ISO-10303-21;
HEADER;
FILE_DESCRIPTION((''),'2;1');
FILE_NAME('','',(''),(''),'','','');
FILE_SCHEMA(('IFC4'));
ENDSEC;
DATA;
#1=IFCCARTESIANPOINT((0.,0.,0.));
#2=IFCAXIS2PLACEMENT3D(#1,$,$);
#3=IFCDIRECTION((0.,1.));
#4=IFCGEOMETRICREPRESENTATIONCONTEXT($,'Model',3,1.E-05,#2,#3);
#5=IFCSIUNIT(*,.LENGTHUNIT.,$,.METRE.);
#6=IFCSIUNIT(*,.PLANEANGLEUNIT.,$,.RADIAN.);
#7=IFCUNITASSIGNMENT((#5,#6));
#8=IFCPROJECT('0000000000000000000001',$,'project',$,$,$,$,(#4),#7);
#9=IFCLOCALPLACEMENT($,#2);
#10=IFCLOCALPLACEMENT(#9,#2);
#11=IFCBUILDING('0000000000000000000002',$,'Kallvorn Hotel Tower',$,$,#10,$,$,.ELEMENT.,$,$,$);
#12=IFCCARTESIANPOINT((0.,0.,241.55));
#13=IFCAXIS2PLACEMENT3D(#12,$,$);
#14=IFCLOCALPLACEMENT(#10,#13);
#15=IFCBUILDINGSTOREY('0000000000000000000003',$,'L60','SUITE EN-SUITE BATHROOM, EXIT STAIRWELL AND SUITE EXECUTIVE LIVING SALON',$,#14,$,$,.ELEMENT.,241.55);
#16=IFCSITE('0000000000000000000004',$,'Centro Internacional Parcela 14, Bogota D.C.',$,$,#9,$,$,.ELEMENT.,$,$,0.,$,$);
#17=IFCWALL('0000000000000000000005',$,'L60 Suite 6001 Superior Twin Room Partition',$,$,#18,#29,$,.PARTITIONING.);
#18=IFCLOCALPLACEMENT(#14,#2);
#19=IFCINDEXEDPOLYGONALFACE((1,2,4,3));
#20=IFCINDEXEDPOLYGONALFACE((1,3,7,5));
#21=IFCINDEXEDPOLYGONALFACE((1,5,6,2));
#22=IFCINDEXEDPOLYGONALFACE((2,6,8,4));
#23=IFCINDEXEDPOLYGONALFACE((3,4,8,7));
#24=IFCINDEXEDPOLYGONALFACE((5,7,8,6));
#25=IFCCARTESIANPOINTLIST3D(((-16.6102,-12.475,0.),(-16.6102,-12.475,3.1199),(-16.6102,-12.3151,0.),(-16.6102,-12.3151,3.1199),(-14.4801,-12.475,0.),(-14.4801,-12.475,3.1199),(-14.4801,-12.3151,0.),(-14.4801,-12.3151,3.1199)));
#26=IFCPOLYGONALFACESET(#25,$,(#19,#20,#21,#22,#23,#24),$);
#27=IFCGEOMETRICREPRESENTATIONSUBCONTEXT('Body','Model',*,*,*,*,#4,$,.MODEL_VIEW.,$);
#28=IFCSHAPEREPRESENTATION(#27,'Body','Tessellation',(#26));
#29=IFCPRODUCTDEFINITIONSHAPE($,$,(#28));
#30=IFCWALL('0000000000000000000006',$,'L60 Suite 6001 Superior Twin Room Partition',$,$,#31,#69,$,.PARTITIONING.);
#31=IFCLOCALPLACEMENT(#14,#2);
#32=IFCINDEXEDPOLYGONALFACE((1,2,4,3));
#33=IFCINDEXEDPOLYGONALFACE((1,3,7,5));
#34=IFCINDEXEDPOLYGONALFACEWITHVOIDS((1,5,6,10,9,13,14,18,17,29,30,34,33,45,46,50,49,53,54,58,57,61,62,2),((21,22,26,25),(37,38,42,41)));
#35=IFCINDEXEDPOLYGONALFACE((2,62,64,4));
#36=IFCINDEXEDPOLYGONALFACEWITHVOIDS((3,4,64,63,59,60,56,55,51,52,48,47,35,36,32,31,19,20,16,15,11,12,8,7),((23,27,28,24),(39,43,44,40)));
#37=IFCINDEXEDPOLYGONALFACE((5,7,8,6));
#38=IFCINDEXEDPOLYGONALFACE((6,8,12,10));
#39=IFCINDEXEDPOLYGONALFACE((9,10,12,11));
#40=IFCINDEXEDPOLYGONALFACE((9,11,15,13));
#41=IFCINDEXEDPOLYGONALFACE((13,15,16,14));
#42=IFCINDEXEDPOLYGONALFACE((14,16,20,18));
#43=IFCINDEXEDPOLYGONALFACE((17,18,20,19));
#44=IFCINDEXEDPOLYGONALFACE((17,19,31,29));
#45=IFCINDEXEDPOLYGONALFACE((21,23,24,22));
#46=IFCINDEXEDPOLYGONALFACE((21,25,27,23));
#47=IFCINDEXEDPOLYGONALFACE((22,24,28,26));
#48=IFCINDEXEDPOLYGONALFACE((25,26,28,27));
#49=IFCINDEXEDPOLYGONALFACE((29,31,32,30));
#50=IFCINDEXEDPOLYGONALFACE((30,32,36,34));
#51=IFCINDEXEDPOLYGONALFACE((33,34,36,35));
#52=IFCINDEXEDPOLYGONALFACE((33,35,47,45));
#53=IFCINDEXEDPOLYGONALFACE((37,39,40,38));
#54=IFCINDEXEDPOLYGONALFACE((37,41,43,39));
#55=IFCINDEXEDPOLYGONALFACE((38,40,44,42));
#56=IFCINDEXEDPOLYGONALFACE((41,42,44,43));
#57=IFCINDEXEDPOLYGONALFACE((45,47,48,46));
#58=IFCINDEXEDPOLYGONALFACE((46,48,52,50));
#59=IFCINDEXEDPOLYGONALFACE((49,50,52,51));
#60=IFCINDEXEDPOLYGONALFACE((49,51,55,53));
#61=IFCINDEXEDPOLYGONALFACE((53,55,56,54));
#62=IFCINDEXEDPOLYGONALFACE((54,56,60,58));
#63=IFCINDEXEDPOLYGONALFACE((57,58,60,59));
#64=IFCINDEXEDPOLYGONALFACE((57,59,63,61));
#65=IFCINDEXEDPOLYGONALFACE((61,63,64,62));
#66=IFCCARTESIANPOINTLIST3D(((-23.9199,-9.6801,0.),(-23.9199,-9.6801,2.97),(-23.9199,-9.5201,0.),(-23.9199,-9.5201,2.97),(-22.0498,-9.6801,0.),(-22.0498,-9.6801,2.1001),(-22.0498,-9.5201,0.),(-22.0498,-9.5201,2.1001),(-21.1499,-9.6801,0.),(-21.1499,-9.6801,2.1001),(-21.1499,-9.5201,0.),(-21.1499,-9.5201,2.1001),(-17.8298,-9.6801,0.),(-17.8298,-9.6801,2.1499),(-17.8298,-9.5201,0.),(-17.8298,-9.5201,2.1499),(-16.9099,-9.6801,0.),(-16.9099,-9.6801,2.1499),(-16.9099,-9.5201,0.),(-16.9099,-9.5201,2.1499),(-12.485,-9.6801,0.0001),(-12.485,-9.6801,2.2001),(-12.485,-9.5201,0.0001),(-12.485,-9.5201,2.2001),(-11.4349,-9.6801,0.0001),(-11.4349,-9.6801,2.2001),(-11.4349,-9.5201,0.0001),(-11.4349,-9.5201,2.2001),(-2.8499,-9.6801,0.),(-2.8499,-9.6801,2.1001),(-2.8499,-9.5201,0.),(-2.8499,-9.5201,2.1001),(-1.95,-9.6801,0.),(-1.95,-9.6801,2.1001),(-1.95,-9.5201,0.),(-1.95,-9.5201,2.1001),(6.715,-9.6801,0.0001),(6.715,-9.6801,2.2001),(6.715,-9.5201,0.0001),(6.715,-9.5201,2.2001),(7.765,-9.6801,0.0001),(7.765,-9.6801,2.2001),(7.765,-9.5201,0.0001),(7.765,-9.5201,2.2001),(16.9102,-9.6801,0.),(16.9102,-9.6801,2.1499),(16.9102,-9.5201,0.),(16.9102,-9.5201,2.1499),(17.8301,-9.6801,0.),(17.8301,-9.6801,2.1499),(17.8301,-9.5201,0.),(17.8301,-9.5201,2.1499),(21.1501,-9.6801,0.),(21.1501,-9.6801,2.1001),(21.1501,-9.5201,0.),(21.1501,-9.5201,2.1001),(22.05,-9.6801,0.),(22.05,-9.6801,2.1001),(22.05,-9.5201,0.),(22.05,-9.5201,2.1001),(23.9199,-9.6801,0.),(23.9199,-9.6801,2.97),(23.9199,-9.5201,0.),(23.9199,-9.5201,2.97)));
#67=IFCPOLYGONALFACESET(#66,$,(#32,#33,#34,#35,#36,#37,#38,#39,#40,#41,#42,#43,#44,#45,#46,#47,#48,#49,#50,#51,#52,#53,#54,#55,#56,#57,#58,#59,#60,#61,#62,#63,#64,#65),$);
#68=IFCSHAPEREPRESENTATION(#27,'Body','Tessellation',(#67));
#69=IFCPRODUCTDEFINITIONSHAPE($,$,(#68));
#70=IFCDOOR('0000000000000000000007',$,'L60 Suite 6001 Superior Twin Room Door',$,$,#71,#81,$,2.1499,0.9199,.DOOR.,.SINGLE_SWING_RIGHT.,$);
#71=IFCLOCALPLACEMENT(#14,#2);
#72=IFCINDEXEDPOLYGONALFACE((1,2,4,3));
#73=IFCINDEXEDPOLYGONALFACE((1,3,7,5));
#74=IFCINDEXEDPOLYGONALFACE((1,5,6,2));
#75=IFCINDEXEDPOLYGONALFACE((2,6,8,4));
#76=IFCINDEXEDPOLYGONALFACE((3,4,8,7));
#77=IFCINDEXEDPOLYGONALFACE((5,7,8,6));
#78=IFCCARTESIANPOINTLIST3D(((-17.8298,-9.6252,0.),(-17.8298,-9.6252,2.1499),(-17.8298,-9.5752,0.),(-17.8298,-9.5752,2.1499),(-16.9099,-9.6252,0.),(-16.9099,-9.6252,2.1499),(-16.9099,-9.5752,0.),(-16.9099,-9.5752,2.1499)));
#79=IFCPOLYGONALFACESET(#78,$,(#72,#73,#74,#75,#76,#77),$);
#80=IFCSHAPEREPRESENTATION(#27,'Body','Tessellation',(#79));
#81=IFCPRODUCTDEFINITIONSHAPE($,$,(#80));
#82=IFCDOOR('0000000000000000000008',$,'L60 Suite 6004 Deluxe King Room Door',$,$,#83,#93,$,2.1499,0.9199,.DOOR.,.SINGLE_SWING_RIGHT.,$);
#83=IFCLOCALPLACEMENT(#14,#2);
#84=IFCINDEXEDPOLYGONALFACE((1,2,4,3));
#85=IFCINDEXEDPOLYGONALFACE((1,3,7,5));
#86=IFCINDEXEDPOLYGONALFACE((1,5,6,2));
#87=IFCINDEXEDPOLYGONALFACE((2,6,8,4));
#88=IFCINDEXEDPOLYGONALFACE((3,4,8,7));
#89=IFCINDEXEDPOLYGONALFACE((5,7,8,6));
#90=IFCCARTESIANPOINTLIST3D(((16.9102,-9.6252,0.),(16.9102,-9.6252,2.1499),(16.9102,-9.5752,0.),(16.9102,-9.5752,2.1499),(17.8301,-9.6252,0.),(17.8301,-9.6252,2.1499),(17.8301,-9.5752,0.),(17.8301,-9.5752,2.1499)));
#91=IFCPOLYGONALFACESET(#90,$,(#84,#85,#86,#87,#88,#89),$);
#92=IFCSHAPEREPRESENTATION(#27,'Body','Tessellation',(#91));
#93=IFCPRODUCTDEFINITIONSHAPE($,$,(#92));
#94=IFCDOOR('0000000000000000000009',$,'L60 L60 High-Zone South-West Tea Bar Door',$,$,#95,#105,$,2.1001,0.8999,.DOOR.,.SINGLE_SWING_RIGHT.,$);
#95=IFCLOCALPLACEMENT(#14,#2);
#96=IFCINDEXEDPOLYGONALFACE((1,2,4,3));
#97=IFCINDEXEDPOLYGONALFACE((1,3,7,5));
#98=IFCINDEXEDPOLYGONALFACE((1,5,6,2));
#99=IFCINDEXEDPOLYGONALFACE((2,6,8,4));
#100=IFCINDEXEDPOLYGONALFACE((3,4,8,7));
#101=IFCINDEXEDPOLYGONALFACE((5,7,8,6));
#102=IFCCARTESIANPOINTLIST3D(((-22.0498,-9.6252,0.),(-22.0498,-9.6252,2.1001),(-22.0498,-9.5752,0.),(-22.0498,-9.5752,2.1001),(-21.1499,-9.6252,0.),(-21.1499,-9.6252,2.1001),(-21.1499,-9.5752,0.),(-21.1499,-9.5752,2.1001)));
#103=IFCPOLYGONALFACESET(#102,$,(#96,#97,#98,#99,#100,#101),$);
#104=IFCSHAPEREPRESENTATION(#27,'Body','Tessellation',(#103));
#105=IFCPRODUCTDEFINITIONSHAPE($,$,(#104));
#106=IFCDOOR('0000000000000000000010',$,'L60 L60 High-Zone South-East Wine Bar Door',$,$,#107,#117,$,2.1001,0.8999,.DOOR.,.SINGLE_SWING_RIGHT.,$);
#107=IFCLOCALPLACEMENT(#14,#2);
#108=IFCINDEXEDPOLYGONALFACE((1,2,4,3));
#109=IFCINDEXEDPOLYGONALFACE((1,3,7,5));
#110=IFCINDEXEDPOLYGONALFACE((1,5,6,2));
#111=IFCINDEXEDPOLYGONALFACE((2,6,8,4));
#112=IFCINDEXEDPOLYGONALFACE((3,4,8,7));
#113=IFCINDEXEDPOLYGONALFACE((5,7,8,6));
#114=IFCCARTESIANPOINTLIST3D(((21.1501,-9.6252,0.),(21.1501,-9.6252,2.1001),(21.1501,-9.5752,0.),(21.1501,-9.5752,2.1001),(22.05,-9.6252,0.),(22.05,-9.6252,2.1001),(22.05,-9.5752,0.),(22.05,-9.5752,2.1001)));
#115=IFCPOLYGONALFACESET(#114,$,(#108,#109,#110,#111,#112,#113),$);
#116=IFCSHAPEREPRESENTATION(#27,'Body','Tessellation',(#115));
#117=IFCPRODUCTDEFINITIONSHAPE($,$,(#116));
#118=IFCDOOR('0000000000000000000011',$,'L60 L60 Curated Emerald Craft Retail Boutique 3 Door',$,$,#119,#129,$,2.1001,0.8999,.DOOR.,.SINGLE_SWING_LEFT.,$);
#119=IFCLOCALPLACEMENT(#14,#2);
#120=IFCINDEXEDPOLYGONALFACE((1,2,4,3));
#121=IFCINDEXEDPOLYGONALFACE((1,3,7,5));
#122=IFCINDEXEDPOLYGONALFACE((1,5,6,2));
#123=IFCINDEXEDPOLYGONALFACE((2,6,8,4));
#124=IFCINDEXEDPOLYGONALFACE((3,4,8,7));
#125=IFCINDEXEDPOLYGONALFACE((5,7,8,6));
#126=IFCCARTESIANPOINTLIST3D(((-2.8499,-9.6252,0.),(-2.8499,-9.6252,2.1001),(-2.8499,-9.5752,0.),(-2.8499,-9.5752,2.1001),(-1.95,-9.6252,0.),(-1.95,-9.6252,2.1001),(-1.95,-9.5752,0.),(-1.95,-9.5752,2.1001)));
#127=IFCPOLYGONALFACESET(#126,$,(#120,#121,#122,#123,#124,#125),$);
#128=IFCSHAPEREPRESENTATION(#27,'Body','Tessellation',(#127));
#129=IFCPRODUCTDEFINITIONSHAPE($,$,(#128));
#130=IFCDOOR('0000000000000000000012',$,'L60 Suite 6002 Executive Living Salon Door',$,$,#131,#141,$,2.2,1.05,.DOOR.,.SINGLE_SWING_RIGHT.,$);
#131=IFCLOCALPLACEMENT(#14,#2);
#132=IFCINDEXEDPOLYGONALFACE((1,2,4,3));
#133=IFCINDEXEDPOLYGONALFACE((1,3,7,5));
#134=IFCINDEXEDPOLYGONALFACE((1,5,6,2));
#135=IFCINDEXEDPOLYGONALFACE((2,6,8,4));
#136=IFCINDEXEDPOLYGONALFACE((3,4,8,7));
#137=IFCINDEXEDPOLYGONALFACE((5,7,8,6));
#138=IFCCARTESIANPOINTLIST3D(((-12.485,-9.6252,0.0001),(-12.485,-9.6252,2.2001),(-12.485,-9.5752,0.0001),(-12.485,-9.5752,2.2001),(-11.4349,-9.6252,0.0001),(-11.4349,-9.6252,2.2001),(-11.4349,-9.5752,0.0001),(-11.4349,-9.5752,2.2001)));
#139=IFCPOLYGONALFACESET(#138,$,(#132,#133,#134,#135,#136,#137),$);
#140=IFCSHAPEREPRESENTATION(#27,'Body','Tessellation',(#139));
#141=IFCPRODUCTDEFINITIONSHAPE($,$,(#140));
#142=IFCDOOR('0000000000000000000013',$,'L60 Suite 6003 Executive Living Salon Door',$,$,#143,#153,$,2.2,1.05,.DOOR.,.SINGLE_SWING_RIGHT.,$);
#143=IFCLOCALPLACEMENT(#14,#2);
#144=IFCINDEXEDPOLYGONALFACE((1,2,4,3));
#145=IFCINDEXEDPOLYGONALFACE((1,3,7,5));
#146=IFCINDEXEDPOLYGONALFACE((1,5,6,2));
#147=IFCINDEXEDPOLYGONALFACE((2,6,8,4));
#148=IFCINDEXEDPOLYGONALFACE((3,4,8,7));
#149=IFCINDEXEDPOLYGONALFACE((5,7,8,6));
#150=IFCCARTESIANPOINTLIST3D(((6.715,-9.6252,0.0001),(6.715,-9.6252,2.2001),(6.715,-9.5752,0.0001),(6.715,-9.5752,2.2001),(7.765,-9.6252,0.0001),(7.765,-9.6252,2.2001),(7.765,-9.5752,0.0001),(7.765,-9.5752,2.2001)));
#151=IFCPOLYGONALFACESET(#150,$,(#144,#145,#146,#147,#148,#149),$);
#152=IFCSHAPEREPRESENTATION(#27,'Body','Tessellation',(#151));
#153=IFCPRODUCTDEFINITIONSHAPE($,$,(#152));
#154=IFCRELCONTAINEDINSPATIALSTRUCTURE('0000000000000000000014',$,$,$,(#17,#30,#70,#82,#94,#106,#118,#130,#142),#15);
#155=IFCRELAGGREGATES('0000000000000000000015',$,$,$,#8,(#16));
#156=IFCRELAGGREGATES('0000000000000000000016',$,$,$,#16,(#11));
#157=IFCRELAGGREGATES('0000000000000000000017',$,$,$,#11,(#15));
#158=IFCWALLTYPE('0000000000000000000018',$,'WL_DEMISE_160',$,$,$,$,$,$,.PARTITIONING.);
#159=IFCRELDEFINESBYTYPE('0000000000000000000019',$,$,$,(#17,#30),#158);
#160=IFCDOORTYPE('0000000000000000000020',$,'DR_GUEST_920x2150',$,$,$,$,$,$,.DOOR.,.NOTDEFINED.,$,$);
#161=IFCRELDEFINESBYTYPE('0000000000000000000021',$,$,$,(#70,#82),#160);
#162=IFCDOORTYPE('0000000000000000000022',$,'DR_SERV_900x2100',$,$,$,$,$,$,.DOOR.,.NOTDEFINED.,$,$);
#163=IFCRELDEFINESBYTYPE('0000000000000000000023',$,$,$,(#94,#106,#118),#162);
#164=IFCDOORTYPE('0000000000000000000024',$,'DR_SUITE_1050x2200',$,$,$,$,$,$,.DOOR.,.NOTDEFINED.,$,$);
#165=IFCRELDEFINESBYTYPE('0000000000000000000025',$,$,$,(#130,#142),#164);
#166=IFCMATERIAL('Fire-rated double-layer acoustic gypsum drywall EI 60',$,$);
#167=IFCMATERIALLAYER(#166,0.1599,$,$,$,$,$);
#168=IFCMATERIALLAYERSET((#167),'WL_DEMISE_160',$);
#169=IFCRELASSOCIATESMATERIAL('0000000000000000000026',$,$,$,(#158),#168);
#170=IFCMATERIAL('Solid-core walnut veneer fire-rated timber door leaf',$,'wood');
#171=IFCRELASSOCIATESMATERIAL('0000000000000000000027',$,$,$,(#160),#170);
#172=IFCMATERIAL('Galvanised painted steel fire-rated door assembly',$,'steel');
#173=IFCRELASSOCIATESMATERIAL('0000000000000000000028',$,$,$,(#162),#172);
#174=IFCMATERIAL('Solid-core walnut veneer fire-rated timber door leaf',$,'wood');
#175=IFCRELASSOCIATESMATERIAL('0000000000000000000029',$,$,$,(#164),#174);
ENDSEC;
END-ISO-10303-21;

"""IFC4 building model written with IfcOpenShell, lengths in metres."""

from ifc_helpers import new_model, si_unit, direction, frame, frame_2d, origin, place, context, subcontext, project, spatial, rectangle, extrude, material, layer, layer_set, type_object, element, fill, save


model = new_model("IFC4")

# Units and contexts
model_context = context("Model", 3, precision=1e-05, world=origin(), true_north=direction((0.0, 1.0)))
body_context = subcontext(model_context, "Body", "Model", "MODEL_VIEW")
ifc_project = project(units=[si_unit("LENGTHUNIT", "METRE"), si_unit("PLANEANGLEUNIT", "RADIAN")], contexts=[model_context])

# Site, building, storey
site_placement = place(None, origin())
site = spatial("IfcSite", under=ifc_project, at=site_placement, Name="Centro Internacional Parcela 14, Bogota D.C.", CompositionType="ELEMENT", RefElevation=0.0)
building_placement = place(site_placement, origin())
building = spatial("IfcBuilding", under=site, at=building_placement, Name="Kallvorn Hotel Tower", CompositionType="ELEMENT")
storey_placement = place(building_placement, frame((0.0, 0.0, 241.55)))
storey = spatial("IfcBuildingStorey", under=building, at=storey_placement, Name="L60", Description="SUITE EN-SUITE BATHROOM, EXIT STAIRWELL AND SUITE EXECUTIVE LIVING SALON", CompositionType="ELEMENT", Elevation=241.55)

# Wall
ifc_material_1 = material(Name="Fire-rated double-layer acoustic gypsum drywall EI 60")
ifc_layer = layer(ifc_material_1, 0.1599)
ifc_layer_set = layer_set([ifc_layer], Name="WL_DEMISE_160")
wall_type = type_object("IfcWallType", Name="WL_DEMISE_160", PredefinedType="PARTITIONING", material=ifc_layer_set)
wall_1_placement = place(storey_placement, frame((-16.6101, -12.395, 0.0), z_axis=(0.0, 0.0, 1.0), x_axis=(1.0, 0.0, 0.0)))
element("IfcWall", 1, at=wall_1_placement, inside=storey, type_object=wall_type, Name="L60 Suite 6001 Superior Twin Room Partition", PredefinedType="PARTITIONING", context=body_context, shape_type="SweptSolid", body=[
    extrude(rectangle(XDim=2.1301, YDim=0.1599, at=frame_2d((1.0649, 0.0))), origin(), (0.0, 0.0, 1.0), 3.1199),
])

# Wall, openings, doors
wall_2_placement = place(storey_placement, frame((-23.9199, -9.6001, 0.0), z_axis=(0.0, 0.0, 1.0), x_axis=(1.0, 0.0, 0.0)))
wall_2 = element("IfcWall", 2, at=wall_2_placement, inside=storey, type_object=wall_type, Name="L60 Suite 6001 Superior Twin Room Partition", PredefinedType="PARTITIONING", context=body_context, shape_type="SweptSolid", body=[
    extrude(rectangle(XDim=47.8398, YDim=0.1599, at=frame_2d((23.9199, 0.0))), origin(), (0.0, 0.0, 1.0), 2.97),
])
opening_1_placement = place(wall_2_placement, frame((1.8701, 0.0, 0.0)))
opening_1 = element("IfcOpeningElement", 3, at=opening_1_placement, cuts=wall_2, PredefinedType="OPENING", context=body_context, shape_type="SweptSolid", body=[
    extrude(rectangle(XDim=0.8999, YDim=2.1001, at=frame_2d((0.45, 1.05))), frame((0.0, 0.095, 0.0), z_axis=(0.0, -1.0, 0.0), x_axis=(1.0, 0.0, 0.0)), (0.0, 0.0, 1.0), 0.1899),
])
opening_2_placement = place(wall_2_placement, frame((45.0701, 0.0, 0.0)))
opening_2 = element("IfcOpeningElement", 4, at=opening_2_placement, cuts=wall_2, PredefinedType="OPENING", context=body_context, shape_type="SweptSolid", body=[
    extrude(rectangle(XDim=0.8999, YDim=2.1001, at=frame_2d((0.45, 1.05))), frame((0.0, 0.095, 0.0), z_axis=(0.0, -1.0, 0.0), x_axis=(1.0, 0.0, 0.0)), (0.0, 0.0, 1.0), 0.1899),
])
opening_3_placement = place(wall_2_placement, frame((6.0901, 0.0, 0.0)))
opening_3 = element("IfcOpeningElement", 5, at=opening_3_placement, cuts=wall_2, PredefinedType="OPENING", context=body_context, shape_type="SweptSolid", body=[
    extrude(rectangle(XDim=0.9199, YDim=2.1499, at=frame_2d((0.46, 1.075))), frame((0.0, 0.095, 0.0), z_axis=(0.0, -1.0, 0.0), x_axis=(1.0, 0.0, 0.0)), (0.0, 0.0, 1.0), 0.1899),
])
opening_4_placement = place(wall_2_placement, frame((11.4351, 0.0, 0.0)))
opening_4 = element("IfcOpeningElement", 6, at=opening_4_placement, cuts=wall_2, PredefinedType="OPENING", context=body_context, shape_type="SweptSolid", body=[
    extrude(rectangle(XDim=1.05, YDim=2.2, at=frame_2d((0.5249, 1.1001))), frame((0.0, 0.095, 0.0), z_axis=(0.0, -1.0, 0.0), x_axis=(1.0, 0.0, 0.0)), (0.0, 0.0, 1.0), 0.1899),
])
opening_5_placement = place(wall_2_placement, frame((21.0701, 0.0, 0.0)))
opening_5 = element("IfcOpeningElement", 7, at=opening_5_placement, cuts=wall_2, PredefinedType="OPENING", context=body_context, shape_type="SweptSolid", body=[
    extrude(rectangle(XDim=0.8999, YDim=2.1001, at=frame_2d((0.45, 1.05))), frame((0.0, 0.095, 0.0), z_axis=(0.0, -1.0, 0.0), x_axis=(1.0, 0.0, 0.0)), (0.0, 0.0, 1.0), 0.1899),
])
opening_6_placement = place(wall_2_placement, frame((30.635, 0.0, 0.0)))
opening_6 = element("IfcOpeningElement", 8, at=opening_6_placement, cuts=wall_2, PredefinedType="OPENING", context=body_context, shape_type="SweptSolid", body=[
    extrude(rectangle(XDim=1.05, YDim=2.2, at=frame_2d((0.5249, 1.1001))), frame((0.0, 0.095, 0.0), z_axis=(0.0, -1.0, 0.0), x_axis=(1.0, 0.0, 0.0)), (0.0, 0.0, 1.0), 0.1899),
])
opening_7_placement = place(wall_2_placement, frame((40.8301, 0.0, 0.0)))
opening_7 = element("IfcOpeningElement", 9, at=opening_7_placement, cuts=wall_2, PredefinedType="OPENING", context=body_context, shape_type="SweptSolid", body=[
    extrude(rectangle(XDim=0.9199, YDim=2.1499, at=frame_2d((0.46, 1.075))), frame((0.0, 0.095, 0.0), z_axis=(0.0, -1.0, 0.0), x_axis=(1.0, 0.0, 0.0)), (0.0, 0.0, 1.0), 0.1899),
])
ifc_material_2 = material(Name="Solid-core walnut veneer fire-rated timber door leaf", Category="wood")
door_type_1 = type_object("IfcDoorType", Name="DR_GUEST_920x2150", OperationType="NOTDEFINED", PredefinedType="DOOR", material=ifc_material_2)
door_1_placement = place(opening_3_placement, origin())
door_1 = element("IfcDoor", 10, at=door_1_placement, inside=storey, type_object=door_type_1, Name="L60 Suite 6001 Superior Twin Room Door", OperationType="SINGLE_SWING_RIGHT", OverallHeight=2.1499, OverallWidth=0.9199, PredefinedType="DOOR", context=body_context, shape_type="SweptSolid", body=[
    extrude(rectangle(XDim=0.9199, YDim=2.1499, at=frame_2d((0.46, 1.075))), frame((0.0, 0.0249, 0.0), z_axis=(0.0, -1.0, 0.0), x_axis=(1.0, 0.0, 0.0)), (0.0, 0.0, 1.0), 0.05),
])
fill(opening_3, door_1)
door_2_placement = place(opening_7_placement, origin())
door_2 = element("IfcDoor", 11, at=door_2_placement, inside=storey, type_object=door_type_1, Name="L60 Suite 6004 Deluxe King Room Door", OperationType="SINGLE_SWING_RIGHT", OverallHeight=2.1499, OverallWidth=0.9199, PredefinedType="DOOR", context=body_context, shape_type="SweptSolid", body=[
    extrude(rectangle(XDim=0.9199, YDim=2.1499, at=frame_2d((0.46, 1.075))), frame((0.0, 0.0249, 0.0), z_axis=(0.0, -1.0, 0.0), x_axis=(1.0, 0.0, 0.0)), (0.0, 0.0, 1.0), 0.05),
])
fill(opening_7, door_2)
ifc_material_3 = material(Name="Galvanised painted steel fire-rated door assembly", Category="steel")
door_type_2 = type_object("IfcDoorType", Name="DR_SERV_900x2100", OperationType="NOTDEFINED", PredefinedType="DOOR", material=ifc_material_3)
door_3_placement = place(opening_1_placement, origin())
door_3 = element("IfcDoor", 12, at=door_3_placement, inside=storey, type_object=door_type_2, Name="L60 L60 High-Zone South-West Tea Bar Door", OperationType="SINGLE_SWING_RIGHT", OverallHeight=2.1001, OverallWidth=0.8999, PredefinedType="DOOR", context=body_context, shape_type="SweptSolid", body=[
    extrude(rectangle(XDim=0.8999, YDim=2.1001, at=frame_2d((0.45, 1.05))), frame((0.0, 0.0249, 0.0), z_axis=(0.0, -1.0, 0.0), x_axis=(1.0, 0.0, 0.0)), (0.0, 0.0, 1.0), 0.05),
])
fill(opening_1, door_3)
door_4_placement = place(opening_2_placement, origin())
door_4 = element("IfcDoor", 13, at=door_4_placement, inside=storey, type_object=door_type_2, Name="L60 L60 High-Zone South-East Wine Bar Door", OperationType="SINGLE_SWING_RIGHT", OverallHeight=2.1001, OverallWidth=0.8999, PredefinedType="DOOR", context=body_context, shape_type="SweptSolid", body=[
    extrude(rectangle(XDim=0.8999, YDim=2.1001, at=frame_2d((0.45, 1.05))), frame((0.0, 0.0249, 0.0), z_axis=(0.0, -1.0, 0.0), x_axis=(1.0, 0.0, 0.0)), (0.0, 0.0, 1.0), 0.05),
])
fill(opening_2, door_4)
door_5_placement = place(opening_5_placement, origin())
door_5 = element("IfcDoor", 14, at=door_5_placement, inside=storey, type_object=door_type_2, Name="L60 L60 Curated Emerald Craft Retail Boutique 3 Door", OperationType="SINGLE_SWING_LEFT", OverallHeight=2.1001, OverallWidth=0.8999, PredefinedType="DOOR", context=body_context, shape_type="SweptSolid", body=[
    extrude(rectangle(XDim=0.8999, YDim=2.1001, at=frame_2d((0.45, 1.05))), frame((0.0, 0.0249, 0.0), z_axis=(0.0, -1.0, 0.0), x_axis=(1.0, 0.0, 0.0)), (0.0, 0.0, 1.0), 0.05),
])
fill(opening_5, door_5)
ifc_material_4 = material(Name="Solid-core walnut veneer fire-rated timber door leaf", Category="wood")
door_type_3 = type_object("IfcDoorType", Name="DR_SUITE_1050x2200", OperationType="NOTDEFINED", PredefinedType="DOOR", material=ifc_material_4)
door_6_placement = place(opening_4_placement, origin())
door_6 = element("IfcDoor", 15, at=door_6_placement, inside=storey, type_object=door_type_3, Name="L60 Suite 6002 Executive Living Salon Door", OperationType="SINGLE_SWING_RIGHT", OverallHeight=2.2, OverallWidth=1.05, PredefinedType="DOOR", context=body_context, shape_type="SweptSolid", body=[
    extrude(rectangle(XDim=1.05, YDim=2.2, at=frame_2d((0.5249, 1.1001))), frame((0.0, 0.0249, 0.0), z_axis=(0.0, -1.0, 0.0), x_axis=(1.0, 0.0, 0.0)), (0.0, 0.0, 1.0), 0.05),
])
fill(opening_4, door_6)
door_7_placement = place(opening_6_placement, origin())
door_7 = element("IfcDoor", 16, at=door_7_placement, inside=storey, type_object=door_type_3, Name="L60 Suite 6003 Executive Living Salon Door", OperationType="SINGLE_SWING_RIGHT", OverallHeight=2.2, OverallWidth=1.05, PredefinedType="DOOR", context=body_context, shape_type="SweptSolid", body=[
    extrude(rectangle(XDim=1.05, YDim=2.2, at=frame_2d((0.5249, 1.1001))), frame((0.0, 0.0249, 0.0), z_axis=(0.0, -1.0, 0.0), x_axis=(1.0, 0.0, 0.0)), (0.0, 0.0, 1.0), 0.05),
])
fill(opening_6, door_7)

save(model, "model.ifc")
